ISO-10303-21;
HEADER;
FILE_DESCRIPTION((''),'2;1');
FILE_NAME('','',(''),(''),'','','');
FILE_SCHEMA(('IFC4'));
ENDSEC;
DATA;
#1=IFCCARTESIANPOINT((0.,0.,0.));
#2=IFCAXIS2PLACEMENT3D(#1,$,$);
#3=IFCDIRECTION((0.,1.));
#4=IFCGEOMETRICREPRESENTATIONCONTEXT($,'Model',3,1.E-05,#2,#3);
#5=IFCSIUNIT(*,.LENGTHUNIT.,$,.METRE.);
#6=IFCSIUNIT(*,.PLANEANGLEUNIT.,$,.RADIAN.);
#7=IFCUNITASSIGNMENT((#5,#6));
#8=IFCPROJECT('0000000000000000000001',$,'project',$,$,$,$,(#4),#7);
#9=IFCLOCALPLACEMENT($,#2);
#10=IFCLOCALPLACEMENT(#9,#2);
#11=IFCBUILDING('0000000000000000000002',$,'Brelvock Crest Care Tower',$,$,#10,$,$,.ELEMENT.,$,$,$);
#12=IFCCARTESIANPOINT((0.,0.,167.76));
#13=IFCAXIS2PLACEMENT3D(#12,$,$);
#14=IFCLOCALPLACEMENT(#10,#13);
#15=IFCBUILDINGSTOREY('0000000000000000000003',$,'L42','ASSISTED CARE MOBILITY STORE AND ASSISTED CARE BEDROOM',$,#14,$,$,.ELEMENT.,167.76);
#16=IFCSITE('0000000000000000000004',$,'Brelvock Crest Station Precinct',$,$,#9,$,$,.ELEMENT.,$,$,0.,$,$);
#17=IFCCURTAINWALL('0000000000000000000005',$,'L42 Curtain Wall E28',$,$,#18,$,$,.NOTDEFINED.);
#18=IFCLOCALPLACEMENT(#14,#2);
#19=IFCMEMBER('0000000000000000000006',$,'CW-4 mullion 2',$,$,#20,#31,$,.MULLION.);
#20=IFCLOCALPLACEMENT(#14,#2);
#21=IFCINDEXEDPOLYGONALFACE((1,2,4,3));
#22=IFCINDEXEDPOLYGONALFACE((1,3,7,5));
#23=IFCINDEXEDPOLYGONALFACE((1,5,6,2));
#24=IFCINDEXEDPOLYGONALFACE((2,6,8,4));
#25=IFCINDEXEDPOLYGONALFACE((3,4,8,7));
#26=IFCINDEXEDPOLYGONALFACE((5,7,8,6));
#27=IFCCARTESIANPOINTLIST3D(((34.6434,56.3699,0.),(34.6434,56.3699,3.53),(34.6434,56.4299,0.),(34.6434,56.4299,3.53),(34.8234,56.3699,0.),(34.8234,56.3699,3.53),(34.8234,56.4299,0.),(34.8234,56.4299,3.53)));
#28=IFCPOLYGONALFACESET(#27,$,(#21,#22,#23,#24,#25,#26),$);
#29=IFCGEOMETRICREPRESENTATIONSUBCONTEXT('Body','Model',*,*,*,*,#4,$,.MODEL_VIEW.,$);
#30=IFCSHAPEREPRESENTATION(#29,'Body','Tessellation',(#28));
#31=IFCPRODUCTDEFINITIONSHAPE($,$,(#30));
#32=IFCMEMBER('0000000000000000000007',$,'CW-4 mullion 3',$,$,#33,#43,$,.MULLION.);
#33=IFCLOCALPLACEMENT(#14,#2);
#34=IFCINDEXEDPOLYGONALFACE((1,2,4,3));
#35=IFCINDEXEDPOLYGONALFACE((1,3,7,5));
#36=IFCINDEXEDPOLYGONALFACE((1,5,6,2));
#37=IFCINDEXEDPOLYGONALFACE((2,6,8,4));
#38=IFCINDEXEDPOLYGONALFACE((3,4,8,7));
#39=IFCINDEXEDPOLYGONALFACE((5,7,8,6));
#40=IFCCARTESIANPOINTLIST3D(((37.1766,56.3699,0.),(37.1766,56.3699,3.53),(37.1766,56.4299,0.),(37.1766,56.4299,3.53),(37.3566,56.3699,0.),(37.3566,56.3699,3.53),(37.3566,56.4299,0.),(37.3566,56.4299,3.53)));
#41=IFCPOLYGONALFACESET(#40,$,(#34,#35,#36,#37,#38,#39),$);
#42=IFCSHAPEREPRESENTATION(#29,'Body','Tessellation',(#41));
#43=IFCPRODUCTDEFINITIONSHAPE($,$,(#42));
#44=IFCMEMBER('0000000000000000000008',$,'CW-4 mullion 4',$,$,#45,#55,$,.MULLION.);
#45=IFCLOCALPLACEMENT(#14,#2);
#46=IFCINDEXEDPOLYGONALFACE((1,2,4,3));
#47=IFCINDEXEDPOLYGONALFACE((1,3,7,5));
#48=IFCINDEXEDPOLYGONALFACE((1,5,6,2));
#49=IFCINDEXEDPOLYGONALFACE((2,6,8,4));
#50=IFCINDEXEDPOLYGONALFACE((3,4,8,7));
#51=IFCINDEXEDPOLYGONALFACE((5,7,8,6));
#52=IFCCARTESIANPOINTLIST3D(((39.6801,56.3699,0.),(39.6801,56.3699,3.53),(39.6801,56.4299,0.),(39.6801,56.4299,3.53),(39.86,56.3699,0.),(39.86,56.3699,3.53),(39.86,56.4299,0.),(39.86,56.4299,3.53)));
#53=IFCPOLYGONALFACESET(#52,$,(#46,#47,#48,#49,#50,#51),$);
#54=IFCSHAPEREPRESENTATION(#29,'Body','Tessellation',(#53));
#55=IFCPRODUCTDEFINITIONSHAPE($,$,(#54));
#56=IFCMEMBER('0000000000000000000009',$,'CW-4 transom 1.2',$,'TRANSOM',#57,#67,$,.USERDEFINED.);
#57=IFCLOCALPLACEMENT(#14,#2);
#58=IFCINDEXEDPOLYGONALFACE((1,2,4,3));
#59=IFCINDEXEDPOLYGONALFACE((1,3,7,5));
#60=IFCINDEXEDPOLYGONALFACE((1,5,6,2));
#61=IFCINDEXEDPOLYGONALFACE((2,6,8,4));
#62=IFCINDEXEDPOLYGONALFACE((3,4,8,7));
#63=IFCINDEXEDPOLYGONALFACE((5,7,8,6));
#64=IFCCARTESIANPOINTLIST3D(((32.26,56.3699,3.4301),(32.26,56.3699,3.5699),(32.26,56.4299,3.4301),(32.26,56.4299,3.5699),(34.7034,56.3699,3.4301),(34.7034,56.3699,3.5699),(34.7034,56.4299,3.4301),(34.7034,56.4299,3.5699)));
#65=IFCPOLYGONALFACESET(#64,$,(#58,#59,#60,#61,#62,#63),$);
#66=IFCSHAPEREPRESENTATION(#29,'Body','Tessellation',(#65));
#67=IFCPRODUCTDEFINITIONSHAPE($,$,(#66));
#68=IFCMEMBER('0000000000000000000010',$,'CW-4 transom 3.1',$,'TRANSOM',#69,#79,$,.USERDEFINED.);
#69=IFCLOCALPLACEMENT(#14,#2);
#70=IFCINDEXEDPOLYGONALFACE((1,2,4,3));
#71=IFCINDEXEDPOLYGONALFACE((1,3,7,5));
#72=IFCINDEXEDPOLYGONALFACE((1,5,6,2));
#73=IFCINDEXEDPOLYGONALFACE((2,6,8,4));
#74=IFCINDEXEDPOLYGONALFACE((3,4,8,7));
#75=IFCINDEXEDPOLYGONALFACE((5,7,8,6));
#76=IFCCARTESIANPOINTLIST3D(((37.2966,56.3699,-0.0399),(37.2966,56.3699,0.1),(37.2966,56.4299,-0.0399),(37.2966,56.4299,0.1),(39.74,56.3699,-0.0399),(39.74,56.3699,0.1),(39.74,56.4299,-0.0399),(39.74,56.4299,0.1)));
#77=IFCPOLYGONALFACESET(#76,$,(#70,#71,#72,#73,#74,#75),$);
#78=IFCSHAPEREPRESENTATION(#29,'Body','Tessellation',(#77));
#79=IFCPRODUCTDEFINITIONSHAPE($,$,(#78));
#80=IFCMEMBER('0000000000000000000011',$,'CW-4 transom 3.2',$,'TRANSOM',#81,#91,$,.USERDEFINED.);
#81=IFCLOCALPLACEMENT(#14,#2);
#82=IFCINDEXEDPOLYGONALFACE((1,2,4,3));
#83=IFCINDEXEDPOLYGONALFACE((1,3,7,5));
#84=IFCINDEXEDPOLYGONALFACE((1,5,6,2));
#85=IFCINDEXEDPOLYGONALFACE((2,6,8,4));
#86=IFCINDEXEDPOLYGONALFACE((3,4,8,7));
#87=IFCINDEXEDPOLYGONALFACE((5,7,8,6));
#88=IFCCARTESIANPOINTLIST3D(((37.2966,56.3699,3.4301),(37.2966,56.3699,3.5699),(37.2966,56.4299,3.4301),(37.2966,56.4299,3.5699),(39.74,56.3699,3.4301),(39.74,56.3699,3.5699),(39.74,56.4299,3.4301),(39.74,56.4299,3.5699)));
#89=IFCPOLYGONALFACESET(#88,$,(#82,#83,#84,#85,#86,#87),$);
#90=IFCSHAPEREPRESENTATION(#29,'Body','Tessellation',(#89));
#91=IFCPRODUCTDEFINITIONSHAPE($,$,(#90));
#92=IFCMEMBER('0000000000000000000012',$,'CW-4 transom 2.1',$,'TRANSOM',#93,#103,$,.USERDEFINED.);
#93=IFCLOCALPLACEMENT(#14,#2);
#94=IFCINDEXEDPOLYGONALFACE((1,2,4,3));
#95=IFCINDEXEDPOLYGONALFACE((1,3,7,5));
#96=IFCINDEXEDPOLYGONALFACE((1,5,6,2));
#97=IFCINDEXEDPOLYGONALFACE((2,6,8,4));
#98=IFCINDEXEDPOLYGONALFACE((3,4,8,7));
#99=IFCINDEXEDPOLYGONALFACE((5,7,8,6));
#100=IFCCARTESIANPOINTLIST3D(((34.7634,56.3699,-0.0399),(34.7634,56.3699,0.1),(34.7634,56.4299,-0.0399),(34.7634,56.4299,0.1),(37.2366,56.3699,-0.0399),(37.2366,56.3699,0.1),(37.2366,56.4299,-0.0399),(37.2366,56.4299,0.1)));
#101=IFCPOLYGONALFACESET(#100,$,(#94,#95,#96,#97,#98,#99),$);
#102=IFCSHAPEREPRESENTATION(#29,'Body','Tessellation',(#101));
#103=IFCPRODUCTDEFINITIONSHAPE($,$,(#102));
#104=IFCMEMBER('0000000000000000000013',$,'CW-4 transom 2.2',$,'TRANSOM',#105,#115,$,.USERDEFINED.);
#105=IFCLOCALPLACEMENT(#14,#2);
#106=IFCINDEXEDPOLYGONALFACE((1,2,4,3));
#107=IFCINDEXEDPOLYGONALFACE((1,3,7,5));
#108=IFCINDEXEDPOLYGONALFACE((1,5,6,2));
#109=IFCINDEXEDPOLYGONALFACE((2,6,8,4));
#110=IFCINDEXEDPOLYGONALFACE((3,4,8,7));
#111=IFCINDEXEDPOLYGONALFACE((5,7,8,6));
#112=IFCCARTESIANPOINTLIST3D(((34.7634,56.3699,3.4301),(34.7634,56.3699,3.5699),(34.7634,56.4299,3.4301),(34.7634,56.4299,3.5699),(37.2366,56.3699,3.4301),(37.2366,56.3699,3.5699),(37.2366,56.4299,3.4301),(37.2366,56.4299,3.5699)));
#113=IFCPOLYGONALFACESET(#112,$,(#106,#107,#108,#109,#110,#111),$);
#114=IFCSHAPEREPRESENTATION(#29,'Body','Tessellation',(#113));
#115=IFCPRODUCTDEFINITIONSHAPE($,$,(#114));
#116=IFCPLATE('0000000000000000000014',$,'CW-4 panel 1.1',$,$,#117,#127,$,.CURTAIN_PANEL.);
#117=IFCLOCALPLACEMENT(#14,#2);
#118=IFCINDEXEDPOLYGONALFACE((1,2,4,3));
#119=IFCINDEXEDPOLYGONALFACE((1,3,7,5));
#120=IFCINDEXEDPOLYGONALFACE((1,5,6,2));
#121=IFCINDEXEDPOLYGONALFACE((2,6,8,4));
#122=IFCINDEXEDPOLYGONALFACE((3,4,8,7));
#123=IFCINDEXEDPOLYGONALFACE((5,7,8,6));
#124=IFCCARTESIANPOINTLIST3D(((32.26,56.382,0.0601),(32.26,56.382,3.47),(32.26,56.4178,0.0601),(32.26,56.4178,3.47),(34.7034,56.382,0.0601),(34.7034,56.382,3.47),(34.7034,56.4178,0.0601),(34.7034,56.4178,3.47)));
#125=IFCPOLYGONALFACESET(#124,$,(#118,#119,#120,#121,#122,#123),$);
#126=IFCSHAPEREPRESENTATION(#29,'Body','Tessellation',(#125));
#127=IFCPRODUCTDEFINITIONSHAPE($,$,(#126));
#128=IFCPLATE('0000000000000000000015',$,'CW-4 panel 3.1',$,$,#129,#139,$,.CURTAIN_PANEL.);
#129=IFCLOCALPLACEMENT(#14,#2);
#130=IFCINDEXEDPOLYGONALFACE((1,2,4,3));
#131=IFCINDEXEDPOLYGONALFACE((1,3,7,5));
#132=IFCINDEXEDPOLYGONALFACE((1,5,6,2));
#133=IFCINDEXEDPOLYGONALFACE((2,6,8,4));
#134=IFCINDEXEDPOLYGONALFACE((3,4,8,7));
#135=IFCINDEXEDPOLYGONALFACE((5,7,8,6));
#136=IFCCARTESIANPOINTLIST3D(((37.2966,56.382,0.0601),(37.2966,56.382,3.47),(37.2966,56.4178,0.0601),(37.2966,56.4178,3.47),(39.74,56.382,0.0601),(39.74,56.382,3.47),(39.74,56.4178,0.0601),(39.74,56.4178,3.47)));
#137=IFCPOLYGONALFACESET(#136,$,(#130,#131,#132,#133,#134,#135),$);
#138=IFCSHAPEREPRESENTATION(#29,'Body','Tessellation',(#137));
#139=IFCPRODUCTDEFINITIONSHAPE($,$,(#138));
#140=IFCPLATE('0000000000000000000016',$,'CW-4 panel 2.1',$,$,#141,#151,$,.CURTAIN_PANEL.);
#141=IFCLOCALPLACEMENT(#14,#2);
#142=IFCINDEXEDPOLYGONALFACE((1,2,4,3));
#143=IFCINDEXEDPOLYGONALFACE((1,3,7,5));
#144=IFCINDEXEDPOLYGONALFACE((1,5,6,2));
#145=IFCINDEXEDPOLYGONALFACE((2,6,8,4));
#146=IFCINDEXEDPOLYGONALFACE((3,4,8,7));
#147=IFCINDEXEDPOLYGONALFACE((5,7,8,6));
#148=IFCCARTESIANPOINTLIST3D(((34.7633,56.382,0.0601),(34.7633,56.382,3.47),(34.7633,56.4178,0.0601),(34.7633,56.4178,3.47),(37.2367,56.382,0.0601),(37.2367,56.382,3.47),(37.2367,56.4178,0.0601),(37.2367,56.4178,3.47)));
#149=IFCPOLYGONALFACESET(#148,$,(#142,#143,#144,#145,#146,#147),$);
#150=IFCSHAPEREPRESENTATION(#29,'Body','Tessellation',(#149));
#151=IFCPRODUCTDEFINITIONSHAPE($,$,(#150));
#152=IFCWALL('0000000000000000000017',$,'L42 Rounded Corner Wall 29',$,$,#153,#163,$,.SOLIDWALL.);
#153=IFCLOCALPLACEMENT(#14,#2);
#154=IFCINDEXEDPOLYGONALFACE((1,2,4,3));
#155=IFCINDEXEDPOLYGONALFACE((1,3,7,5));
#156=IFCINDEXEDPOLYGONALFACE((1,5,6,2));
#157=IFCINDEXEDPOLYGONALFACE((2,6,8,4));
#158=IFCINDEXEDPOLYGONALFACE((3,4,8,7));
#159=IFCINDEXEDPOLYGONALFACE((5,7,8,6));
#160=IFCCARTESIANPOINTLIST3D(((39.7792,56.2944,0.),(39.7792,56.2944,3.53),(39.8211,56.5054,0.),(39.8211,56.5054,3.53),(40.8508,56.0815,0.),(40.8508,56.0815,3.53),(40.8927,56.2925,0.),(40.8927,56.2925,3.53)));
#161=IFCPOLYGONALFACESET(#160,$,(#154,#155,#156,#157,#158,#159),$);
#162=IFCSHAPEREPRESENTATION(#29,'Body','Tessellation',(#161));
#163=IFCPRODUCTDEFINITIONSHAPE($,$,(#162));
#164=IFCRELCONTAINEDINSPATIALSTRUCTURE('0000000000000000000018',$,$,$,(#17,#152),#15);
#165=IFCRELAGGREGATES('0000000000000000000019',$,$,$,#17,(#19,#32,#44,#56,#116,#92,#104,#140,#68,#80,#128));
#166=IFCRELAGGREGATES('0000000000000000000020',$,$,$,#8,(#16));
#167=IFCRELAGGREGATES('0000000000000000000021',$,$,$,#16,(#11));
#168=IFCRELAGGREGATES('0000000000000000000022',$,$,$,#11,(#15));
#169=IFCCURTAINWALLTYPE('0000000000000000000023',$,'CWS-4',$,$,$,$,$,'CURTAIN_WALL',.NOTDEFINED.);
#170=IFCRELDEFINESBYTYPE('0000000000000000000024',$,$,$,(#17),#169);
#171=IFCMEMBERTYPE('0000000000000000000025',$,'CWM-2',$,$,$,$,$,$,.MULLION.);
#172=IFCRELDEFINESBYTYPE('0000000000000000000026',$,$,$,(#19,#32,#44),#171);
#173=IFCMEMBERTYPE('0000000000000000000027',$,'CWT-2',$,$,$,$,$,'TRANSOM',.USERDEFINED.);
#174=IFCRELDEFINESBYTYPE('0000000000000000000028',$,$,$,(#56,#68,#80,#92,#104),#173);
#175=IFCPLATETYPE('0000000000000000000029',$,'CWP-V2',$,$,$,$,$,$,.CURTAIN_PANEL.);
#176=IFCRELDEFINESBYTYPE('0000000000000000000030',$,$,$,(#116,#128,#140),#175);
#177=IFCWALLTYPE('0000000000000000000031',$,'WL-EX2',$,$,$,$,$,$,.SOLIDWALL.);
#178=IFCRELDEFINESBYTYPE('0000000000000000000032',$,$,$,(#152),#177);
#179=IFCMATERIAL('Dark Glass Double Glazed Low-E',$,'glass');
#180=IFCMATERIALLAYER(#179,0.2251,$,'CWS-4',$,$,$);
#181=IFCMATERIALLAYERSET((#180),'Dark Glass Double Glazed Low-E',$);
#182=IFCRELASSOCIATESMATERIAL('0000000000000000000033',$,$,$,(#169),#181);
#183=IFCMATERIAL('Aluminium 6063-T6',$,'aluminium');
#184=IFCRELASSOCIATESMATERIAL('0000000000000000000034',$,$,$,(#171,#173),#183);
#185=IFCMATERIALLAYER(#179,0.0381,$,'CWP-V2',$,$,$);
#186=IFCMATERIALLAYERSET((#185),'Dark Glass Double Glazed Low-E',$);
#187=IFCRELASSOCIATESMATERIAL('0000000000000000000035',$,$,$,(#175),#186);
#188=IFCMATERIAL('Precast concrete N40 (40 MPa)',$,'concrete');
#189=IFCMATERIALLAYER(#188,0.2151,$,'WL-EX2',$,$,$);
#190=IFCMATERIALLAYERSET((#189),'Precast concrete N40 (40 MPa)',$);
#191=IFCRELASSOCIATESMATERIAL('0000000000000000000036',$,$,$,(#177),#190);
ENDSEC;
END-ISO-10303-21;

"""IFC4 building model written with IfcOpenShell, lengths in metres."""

from ifc_helpers import new_model, si_unit, direction, frame, frame_2d, origin, origin_2d, place, context, subcontext, project, spatial, rectangle, extrude, source, transform, mapped, material, layer, layer_set, material_profile, profile_set, type_object, element, aggregate, save


model = new_model("IFC4")

# Units and contexts
model_context = context("Model", 3, precision=1e-05, world=origin(), true_north=direction((0.0, 1.0)))
body_context = subcontext(model_context, "Body", "Model", "MODEL_VIEW")
ifc_project = project(units=[si_unit("LENGTHUNIT", "METRE"), si_unit("PLANEANGLEUNIT", "RADIAN")], contexts=[model_context])

# Site, building, storey
site_placement = place(None, origin())
site = spatial("IfcSite", under=ifc_project, at=site_placement, Name="Brelvock Crest Station Precinct", CompositionType="ELEMENT", RefElevation=0.0)
building_placement = place(site_placement, origin())
building = spatial("IfcBuilding", under=site, at=building_placement, Name="Brelvock Crest Care Tower", CompositionType="ELEMENT")
storey_placement = place(building_placement, frame((0.0, 0.0, 167.76)))
storey = spatial("IfcBuildingStorey", under=building, at=storey_placement, Name="L42", Description="ASSISTED CARE MOBILITY STORE AND ASSISTED CARE BEDROOM", CompositionType="ELEMENT", Elevation=167.76)

# Curtain wall, members, plates
ifc_material_1 = material(Name="Dark Glass Double Glazed Low-E", Category="glass")
ifc_layer_1 = layer(ifc_material_1, 0.2251, Name="CWS-4")
ifc_layer_set_1 = layer_set([ifc_layer_1], Name="Dark Glass Double Glazed Low-E")
curtain_wall_type = type_object("IfcCurtainWallType", Name="CWS-4", ElementType="CURTAIN_WALL", PredefinedType="NOTDEFINED", material=ifc_layer_set_1)
curtain_wall_placement = place(storey_placement, origin())
curtain_wall = element("IfcCurtainWall", 1, at=curtain_wall_placement, inside=storey, type_object=curtain_wall_type, Name="L42 Curtain Wall E28", PredefinedType="NOTDEFINED")
ifc_material_2 = material(Name="Aluminium 6063-T6", Category="aluminium")
ifc_material_profile_1 = material_profile(ifc_material_2, rectangle(XDim=0.0601, YDim=0.1799, at=origin_2d()), Name="ALU60x180")
ifc_profile_set_1 = profile_set([ifc_material_profile_1], Name="Aluminium 6063-T6")
member_type_1 = type_object("IfcMemberType", Name="CWM-2", PredefinedType="MULLION", material=ifc_profile_set_1)
shared_shape_1 = source(origin(), body_context, "Body", "SweptSolid", [
    extrude(rectangle(XDim=0.0601, YDim=0.1799, at=origin_2d()), origin(), (0.0, 0.0, 1.0), 3.53),
])
member_1_placement = place(storey_placement, frame((34.7334, 56.3999, 0.0), z_axis=(0.0, 0.0, 1.0), x_axis=(0.0, 1.0, 0.0)))
member_1 = element("IfcMember", 2, at=member_1_placement, type_object=member_type_1, Name="CW-4 mullion 2", PredefinedType="MULLION", context=body_context, shape_type="MappedRepresentation", body=[
    mapped(shared_shape_1, transform((0.0, 0.0, 0.0), x_axis=(1.0, 0.0, 0.0), y_axis=(0.0, 1.0, 0.0), z_axis=(0.0, 0.0, 1.0), scale=1.0)),
])
member_2_placement = place(storey_placement, frame((37.2666, 56.3999, 0.0), z_axis=(0.0, 0.0, 1.0), x_axis=(0.0, 1.0, 0.0)))
member_2 = element("IfcMember", 3, at=member_2_placement, type_object=member_type_1, Name="CW-4 mullion 3", PredefinedType="MULLION", context=body_context, shape_type="MappedRepresentation", body=[
    mapped(shared_shape_1, transform((0.0, 0.0, 0.0), x_axis=(1.0, 0.0, 0.0), y_axis=(0.0, 1.0, 0.0), z_axis=(0.0, 0.0, 1.0), scale=1.0)),
])
member_3_placement = place(storey_placement, frame((39.77, 56.3999, 0.0), z_axis=(0.0, 0.0, 1.0), x_axis=(0.0, 1.0, 0.0)))
member_3 = element("IfcMember", 4, at=member_3_placement, type_object=member_type_1, Name="CW-4 mullion 4", PredefinedType="MULLION", context=body_context, shape_type="MappedRepresentation", body=[
    mapped(shared_shape_1, transform((0.0, 0.0, 0.0), x_axis=(1.0, 0.0, 0.0), y_axis=(0.0, 1.0, 0.0), z_axis=(0.0, 0.0, 1.0), scale=1.0)),
])
ifc_material_profile_2 = material_profile(ifc_material_2, rectangle(XDim=0.0601, YDim=0.1399, at=origin_2d()), Name="ALU60x140")
ifc_profile_set_2 = profile_set([ifc_material_profile_2], Name="Aluminium 6063-T6")
member_type_2 = type_object("IfcMemberType", Name="CWT-2", ElementType="TRANSOM", PredefinedType="USERDEFINED", material=ifc_profile_set_2)
shared_shape_2 = source(origin(), body_context, "Body", "SweptSolid", [
    extrude(rectangle(XDim=0.0601, YDim=0.1399, at=origin_2d()), origin(), (0.0, 0.0, 1.0), 2.4434),
])
member_4_placement = place(storey_placement, frame((32.26, 56.3999, 3.5), z_axis=(1.0, 0.0, 0.0), x_axis=(0.0, 1.0, 0.0)))
member_4 = element("IfcMember", 5, at=member_4_placement, type_object=member_type_2, Name="CW-4 transom 1.2", ObjectType="TRANSOM", PredefinedType="USERDEFINED", context=body_context, shape_type="MappedRepresentation", body=[
    mapped(shared_shape_2, transform((0.0, 0.0, 0.0), x_axis=(1.0, 0.0, 0.0), y_axis=(0.0, 1.0, 0.0), z_axis=(0.0, 0.0, 1.0), scale=1.0)),
])
member_5_placement = place(storey_placement, frame((37.2966, 56.3999, 0.03), z_axis=(1.0, 0.0, 0.0), x_axis=(0.0, 1.0, 0.0)))
member_5 = element("IfcMember", 6, at=member_5_placement, type_object=member_type_2, Name="CW-4 transom 3.1", ObjectType="TRANSOM", PredefinedType="USERDEFINED", context=body_context, shape_type="MappedRepresentation", body=[
    mapped(shared_shape_2, transform((0.0, 0.0, 0.0), x_axis=(1.0, 0.0, 0.0), y_axis=(0.0, 1.0, 0.0), z_axis=(0.0, 0.0, 1.0), scale=1.0)),
])
member_6_placement = place(storey_placement, frame((37.2966, 56.3999, 3.5), z_axis=(1.0, 0.0, 0.0), x_axis=(0.0, 1.0, 0.0)))
member_6 = element("IfcMember", 7, at=member_6_placement, type_object=member_type_2, Name="CW-4 transom 3.2", ObjectType="TRANSOM", PredefinedType="USERDEFINED", context=body_context, shape_type="MappedRepresentation", body=[
    mapped(shared_shape_2, transform((0.0, 0.0, 0.0), x_axis=(1.0, 0.0, 0.0), y_axis=(0.0, 1.0, 0.0), z_axis=(0.0, 0.0, 1.0), scale=1.0)),
])
shared_shape_3 = source(origin(), body_context, "Body", "SweptSolid", [
    extrude(rectangle(XDim=0.0601, YDim=0.1399, at=origin_2d()), origin(), (0.0, 0.0, 1.0), 2.4731),
])
member_7_placement = place(storey_placement, frame((34.7634, 56.3999, 0.03), z_axis=(1.0, 0.0, 0.0), x_axis=(0.0, 1.0, 0.0)))
member_7 = element("IfcMember", 8, at=member_7_placement, type_object=member_type_2, Name="CW-4 transom 2.1", ObjectType="TRANSOM", PredefinedType="USERDEFINED", context=body_context, shape_type="MappedRepresentation", body=[
    mapped(shared_shape_3, transform((0.0, 0.0, 0.0), x_axis=(1.0, 0.0, 0.0), y_axis=(0.0, 1.0, 0.0), z_axis=(0.0, 0.0, 1.0), scale=1.0)),
])
member_8_placement = place(storey_placement, frame((34.7634, 56.3999, 3.5), z_axis=(1.0, 0.0, 0.0), x_axis=(0.0, 1.0, 0.0)))
member_8 = element("IfcMember", 9, at=member_8_placement, type_object=member_type_2, Name="CW-4 transom 2.2", ObjectType="TRANSOM", PredefinedType="USERDEFINED", context=body_context, shape_type="MappedRepresentation", body=[
    mapped(shared_shape_3, transform((0.0, 0.0, 0.0), x_axis=(1.0, 0.0, 0.0), y_axis=(0.0, 1.0, 0.0), z_axis=(0.0, 0.0, 1.0), scale=1.0)),
])
ifc_layer_2 = layer(ifc_material_1, 0.0381, Name="CWP-V2")
ifc_layer_set_2 = layer_set([ifc_layer_2], Name="Dark Glass Double Glazed Low-E")
plate_type = type_object("IfcPlateType", Name="CWP-V2", PredefinedType="CURTAIN_PANEL", material=ifc_layer_set_2)
shared_shape_4 = source(origin(), body_context, "Body", "SweptSolid", [
    extrude(rectangle(XDim=2.4434, YDim=0.0359, at=origin_2d()), origin(), (0.0, 0.0, 1.0), 3.4099),
])
plate_1_placement = place(storey_placement, frame((33.4817, 56.3999, 0.0601), z_axis=(0.0, 0.0, 1.0), x_axis=(1.0, 0.0, 0.0)))
plate_1 = element("IfcPlate", 10, at=plate_1_placement, type_object=plate_type, Name="CW-4 panel 1.1", PredefinedType="CURTAIN_PANEL", context=body_context, shape_type="MappedRepresentation", body=[
    mapped(shared_shape_4, transform((0.0, 0.0, 0.0), x_axis=(1.0, 0.0, 0.0), y_axis=(0.0, 1.0, 0.0), z_axis=(0.0, 0.0, 1.0), scale=1.0)),
])
plate_2_placement = place(storey_placement, frame((38.5183, 56.3999, 0.0601), z_axis=(0.0, 0.0, 1.0), x_axis=(1.0, 0.0, 0.0)))
plate_2 = element("IfcPlate", 11, at=plate_2_placement, type_object=plate_type, Name="CW-4 panel 3.1", PredefinedType="CURTAIN_PANEL", context=body_context, shape_type="MappedRepresentation", body=[
    mapped(shared_shape_4, transform((0.0, 0.0, 0.0), x_axis=(1.0, 0.0, 0.0), y_axis=(0.0, 1.0, 0.0), z_axis=(0.0, 0.0, 1.0), scale=1.0)),
])
shared_shape_5 = source(origin(), body_context, "Body", "SweptSolid", [
    extrude(rectangle(XDim=2.4734, YDim=0.0359, at=origin_2d()), origin(), (0.0, 0.0, 1.0), 3.4099),
])
plate_3_placement = place(storey_placement, frame((36.0, 56.3999, 0.0601), z_axis=(0.0, 0.0, 1.0), x_axis=(1.0, 0.0, 0.0)))
plate_3 = element("IfcPlate", 12, at=plate_3_placement, type_object=plate_type, Name="CW-4 panel 2.1", PredefinedType="CURTAIN_PANEL", context=body_context, shape_type="MappedRepresentation", body=[
    mapped(shared_shape_5, transform((0.0, 0.0, 0.0), x_axis=(1.0, 0.0, 0.0), y_axis=(0.0, 1.0, 0.0), z_axis=(0.0, 0.0, 1.0), scale=1.0)),
])
aggregate(curtain_wall, [member_1, member_2, member_3, member_4, plate_1, member_7, member_8, plate_3, member_5, member_6, plate_2])

# Wall
ifc_material_3 = material(Name="Precast concrete N40 (40 MPa)", Category="concrete")
ifc_layer_3 = layer(ifc_material_3, 0.2151, Name="WL-EX2")
ifc_layer_set_3 = layer_set([ifc_layer_3], Name="Precast concrete N40 (40 MPa)")
wall_type = type_object("IfcWallType", Name="WL-EX2", PredefinedType="SOLIDWALL", material=ifc_layer_set_3)
wall_placement = place(storey_placement, frame((39.8, 56.3999, 0.0), z_axis=(0.0, 0.0, 1.0), x_axis=(0.980829, -0.19487, 0.0)))
element("IfcWall", 13, at=wall_placement, inside=storey, type_object=wall_type, Name="L42 Rounded Corner Wall 29", PredefinedType="SOLIDWALL", context=body_context, shape_type="SweptSolid", body=[
    extrude(rectangle(XDim=1.0925, YDim=0.2151, at=frame_2d((0.5464, 0.0))), origin(), (0.0, 0.0, 1.0), 3.53),
])

save(model, "model.ifc")
